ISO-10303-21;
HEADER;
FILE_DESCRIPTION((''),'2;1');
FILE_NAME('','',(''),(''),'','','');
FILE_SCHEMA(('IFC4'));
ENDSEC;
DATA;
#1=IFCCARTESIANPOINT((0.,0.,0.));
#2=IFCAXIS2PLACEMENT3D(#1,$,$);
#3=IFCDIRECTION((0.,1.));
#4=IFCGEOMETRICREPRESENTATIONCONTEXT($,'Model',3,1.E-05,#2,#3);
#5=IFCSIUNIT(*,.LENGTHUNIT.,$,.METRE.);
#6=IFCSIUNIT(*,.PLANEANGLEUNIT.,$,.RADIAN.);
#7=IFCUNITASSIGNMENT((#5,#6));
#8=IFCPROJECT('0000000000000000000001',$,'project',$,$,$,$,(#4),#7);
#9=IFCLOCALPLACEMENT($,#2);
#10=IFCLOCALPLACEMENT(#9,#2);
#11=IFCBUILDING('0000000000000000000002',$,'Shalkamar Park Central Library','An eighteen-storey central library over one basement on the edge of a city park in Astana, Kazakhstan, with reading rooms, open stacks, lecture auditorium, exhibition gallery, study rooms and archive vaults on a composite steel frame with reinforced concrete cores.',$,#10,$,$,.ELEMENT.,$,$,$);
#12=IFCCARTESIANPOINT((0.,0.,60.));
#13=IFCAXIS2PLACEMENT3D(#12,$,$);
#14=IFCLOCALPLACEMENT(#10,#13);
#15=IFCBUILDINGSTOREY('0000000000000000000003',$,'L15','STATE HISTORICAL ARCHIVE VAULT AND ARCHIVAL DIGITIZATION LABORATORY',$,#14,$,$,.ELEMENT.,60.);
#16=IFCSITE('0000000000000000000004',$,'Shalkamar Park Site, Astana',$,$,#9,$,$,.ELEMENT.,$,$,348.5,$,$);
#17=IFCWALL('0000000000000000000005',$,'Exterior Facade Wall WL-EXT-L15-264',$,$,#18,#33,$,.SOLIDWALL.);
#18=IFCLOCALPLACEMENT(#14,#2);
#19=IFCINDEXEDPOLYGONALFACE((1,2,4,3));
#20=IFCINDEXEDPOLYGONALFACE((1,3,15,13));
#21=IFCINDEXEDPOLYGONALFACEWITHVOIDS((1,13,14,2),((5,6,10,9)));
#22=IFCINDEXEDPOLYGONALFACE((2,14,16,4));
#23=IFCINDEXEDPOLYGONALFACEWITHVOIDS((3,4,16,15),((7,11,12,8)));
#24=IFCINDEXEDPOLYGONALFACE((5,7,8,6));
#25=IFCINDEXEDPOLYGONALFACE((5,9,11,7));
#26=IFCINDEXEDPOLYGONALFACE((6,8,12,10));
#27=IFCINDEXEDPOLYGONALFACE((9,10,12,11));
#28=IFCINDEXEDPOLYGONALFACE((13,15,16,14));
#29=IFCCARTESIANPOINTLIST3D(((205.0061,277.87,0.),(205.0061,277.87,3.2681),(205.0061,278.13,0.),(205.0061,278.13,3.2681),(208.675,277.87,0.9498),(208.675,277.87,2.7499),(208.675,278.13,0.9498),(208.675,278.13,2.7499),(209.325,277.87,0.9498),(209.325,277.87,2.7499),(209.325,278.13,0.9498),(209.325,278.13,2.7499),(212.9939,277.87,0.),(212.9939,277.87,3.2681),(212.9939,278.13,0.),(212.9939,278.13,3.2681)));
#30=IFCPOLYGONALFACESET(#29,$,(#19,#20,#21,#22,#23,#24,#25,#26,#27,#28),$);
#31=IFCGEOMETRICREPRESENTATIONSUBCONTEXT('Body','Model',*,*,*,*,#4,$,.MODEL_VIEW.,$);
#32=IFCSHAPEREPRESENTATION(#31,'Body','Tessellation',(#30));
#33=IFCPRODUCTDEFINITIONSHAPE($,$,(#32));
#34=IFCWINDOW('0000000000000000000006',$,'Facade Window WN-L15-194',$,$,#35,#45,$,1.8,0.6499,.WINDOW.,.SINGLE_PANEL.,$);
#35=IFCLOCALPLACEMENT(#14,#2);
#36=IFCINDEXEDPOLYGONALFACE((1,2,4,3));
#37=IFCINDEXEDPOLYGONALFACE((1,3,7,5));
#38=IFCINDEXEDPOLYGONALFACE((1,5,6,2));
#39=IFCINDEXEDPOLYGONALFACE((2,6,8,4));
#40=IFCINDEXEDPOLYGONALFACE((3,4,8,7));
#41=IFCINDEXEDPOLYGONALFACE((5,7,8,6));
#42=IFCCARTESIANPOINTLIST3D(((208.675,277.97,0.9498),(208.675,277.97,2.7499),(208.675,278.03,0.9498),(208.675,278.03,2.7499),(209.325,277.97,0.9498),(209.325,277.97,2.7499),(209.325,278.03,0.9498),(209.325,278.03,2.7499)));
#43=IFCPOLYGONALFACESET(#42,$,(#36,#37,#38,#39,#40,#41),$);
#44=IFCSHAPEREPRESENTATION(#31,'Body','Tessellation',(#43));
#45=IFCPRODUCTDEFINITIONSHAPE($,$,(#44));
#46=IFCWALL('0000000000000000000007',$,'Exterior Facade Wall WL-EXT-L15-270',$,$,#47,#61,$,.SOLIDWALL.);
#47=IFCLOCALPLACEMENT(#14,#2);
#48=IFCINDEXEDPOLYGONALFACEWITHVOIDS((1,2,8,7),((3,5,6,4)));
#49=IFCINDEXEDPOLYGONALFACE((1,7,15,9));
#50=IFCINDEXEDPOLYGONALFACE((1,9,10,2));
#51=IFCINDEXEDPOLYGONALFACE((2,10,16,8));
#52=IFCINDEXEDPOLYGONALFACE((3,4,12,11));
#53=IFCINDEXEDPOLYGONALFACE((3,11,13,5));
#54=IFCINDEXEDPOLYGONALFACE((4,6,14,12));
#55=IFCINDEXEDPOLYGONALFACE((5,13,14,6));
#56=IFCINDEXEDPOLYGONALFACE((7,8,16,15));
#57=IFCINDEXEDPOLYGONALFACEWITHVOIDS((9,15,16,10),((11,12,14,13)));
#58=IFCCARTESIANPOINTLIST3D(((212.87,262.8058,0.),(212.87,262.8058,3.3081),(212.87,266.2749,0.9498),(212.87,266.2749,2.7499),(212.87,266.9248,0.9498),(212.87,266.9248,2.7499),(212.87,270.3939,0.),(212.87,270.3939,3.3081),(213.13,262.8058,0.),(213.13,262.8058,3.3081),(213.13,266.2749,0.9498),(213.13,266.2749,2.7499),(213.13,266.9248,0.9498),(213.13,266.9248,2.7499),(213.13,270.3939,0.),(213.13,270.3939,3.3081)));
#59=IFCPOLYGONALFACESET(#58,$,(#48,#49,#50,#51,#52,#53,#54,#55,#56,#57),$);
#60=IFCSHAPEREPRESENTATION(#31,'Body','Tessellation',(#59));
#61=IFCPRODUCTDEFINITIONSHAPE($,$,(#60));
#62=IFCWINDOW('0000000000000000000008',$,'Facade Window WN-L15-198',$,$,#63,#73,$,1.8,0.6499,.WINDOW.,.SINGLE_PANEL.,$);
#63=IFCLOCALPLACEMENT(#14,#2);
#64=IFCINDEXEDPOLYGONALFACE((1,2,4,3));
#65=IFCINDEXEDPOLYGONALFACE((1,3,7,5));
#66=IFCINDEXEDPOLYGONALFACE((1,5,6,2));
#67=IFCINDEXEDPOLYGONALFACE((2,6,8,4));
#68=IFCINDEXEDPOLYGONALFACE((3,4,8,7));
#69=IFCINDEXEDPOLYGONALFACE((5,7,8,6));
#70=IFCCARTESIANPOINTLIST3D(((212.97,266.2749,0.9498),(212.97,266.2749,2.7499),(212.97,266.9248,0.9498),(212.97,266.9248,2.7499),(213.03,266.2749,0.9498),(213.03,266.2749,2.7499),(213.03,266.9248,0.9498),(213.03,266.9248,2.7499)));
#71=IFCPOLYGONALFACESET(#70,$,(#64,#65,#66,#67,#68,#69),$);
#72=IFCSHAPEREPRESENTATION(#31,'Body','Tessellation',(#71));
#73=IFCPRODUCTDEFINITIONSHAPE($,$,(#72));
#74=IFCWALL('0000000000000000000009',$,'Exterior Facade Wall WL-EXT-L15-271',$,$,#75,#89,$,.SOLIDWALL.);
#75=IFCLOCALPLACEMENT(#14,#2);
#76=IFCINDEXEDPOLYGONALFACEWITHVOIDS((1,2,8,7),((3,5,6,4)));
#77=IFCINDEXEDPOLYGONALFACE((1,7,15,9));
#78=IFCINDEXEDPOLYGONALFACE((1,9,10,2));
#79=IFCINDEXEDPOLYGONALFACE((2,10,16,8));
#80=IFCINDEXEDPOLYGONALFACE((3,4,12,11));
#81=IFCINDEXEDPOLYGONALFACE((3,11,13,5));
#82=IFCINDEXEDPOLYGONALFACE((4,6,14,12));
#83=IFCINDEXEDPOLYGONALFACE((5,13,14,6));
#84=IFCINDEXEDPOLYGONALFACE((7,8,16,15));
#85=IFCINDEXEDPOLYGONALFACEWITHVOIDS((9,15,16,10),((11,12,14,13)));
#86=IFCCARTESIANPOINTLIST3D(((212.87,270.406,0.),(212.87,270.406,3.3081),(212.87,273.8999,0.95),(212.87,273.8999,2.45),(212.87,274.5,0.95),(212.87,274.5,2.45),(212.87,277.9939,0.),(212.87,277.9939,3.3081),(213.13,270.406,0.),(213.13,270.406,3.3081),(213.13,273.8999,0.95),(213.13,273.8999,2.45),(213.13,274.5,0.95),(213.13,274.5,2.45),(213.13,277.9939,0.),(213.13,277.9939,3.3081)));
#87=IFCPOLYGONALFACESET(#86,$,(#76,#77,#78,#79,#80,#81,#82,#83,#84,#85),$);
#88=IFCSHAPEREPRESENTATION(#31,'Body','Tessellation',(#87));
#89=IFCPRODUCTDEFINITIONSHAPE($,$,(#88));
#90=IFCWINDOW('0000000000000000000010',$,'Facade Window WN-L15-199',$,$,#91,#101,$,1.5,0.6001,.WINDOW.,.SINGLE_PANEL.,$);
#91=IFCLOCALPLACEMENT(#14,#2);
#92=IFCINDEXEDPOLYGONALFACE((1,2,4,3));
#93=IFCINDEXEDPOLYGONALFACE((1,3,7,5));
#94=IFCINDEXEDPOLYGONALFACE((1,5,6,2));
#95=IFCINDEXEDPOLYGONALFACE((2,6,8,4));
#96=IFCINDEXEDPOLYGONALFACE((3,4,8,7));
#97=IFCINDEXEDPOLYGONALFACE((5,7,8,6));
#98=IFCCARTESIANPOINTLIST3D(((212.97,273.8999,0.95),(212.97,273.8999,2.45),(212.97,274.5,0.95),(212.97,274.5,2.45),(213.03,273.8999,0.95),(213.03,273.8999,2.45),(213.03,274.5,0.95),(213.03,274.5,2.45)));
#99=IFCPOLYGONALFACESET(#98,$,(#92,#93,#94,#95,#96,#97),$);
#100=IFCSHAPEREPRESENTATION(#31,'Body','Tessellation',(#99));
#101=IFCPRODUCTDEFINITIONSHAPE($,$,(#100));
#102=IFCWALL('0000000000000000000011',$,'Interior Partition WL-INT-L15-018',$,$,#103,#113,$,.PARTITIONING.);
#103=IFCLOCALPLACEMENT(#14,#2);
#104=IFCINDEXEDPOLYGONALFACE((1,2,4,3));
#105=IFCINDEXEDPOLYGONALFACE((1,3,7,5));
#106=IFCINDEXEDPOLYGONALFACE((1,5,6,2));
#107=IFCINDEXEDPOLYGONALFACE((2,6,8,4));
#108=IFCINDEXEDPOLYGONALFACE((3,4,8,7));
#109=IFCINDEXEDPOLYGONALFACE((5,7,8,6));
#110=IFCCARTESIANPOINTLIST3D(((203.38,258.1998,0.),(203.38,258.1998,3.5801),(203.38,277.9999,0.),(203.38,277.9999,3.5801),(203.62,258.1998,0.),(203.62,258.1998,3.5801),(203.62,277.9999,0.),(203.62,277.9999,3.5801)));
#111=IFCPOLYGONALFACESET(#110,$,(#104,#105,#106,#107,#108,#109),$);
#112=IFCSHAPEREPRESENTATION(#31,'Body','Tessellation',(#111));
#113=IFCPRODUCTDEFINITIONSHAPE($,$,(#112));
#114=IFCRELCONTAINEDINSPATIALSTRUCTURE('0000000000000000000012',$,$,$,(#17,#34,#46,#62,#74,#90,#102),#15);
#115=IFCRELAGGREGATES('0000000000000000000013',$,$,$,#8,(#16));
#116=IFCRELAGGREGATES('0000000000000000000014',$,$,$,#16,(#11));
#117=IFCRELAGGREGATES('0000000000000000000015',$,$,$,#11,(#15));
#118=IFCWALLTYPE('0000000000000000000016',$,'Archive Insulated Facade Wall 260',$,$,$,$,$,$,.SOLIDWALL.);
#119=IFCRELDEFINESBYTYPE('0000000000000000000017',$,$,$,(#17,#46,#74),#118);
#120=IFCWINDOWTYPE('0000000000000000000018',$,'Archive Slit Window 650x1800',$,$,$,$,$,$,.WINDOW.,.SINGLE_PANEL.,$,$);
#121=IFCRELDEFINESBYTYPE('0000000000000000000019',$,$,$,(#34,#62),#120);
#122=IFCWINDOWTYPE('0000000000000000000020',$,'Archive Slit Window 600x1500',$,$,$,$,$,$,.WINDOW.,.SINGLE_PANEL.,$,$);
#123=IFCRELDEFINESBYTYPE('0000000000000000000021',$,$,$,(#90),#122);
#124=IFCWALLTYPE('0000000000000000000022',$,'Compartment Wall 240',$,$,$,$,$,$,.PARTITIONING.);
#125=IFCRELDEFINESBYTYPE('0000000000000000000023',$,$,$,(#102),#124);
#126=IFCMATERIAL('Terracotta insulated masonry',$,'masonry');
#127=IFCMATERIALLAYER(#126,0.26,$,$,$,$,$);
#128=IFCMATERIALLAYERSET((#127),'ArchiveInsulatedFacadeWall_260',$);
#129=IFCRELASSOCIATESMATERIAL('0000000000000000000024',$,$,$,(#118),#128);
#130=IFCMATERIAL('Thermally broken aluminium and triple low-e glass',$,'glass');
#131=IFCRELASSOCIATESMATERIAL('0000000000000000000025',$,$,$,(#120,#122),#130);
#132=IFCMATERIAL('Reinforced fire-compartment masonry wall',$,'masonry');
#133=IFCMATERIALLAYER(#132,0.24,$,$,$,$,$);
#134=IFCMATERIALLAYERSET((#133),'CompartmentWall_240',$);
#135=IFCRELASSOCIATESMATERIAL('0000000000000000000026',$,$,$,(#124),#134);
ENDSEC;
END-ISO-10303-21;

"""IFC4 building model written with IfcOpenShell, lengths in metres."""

from ifc_helpers import new_model, si_unit, direction, frame, frame_2d, origin, place, context, subcontext, project, spatial, rectangle, extrude, material, layer, layer_set, type_object, element, fill, save


model = new_model("IFC4")

# Units and contexts
model_context = context("Model", 3, precision=1e-05, world=origin(), true_north=direction((0.0, 1.0)))
body_context = subcontext(model_context, "Body", "Model", "MODEL_VIEW")
ifc_project = project(units=[si_unit("LENGTHUNIT", "METRE"), si_unit("PLANEANGLEUNIT", "RADIAN")], contexts=[model_context])

# Site, building, storey
site_placement = place(None, origin())
site = spatial("IfcSite", under=ifc_project, at=site_placement, Name="Shalkamar Park Site, Astana", CompositionType="ELEMENT", RefElevation=348.5)
building_placement = place(site_placement, origin())
building = spatial("IfcBuilding", under=site, at=building_placement, Name="Shalkamar Park Central Library", Description="An eighteen-storey central library over one basement on the edge of a city park in Astana, Kazakhstan, with reading rooms, open stacks, lecture auditorium, exhibition gallery, study rooms and archive vaults on a composite steel frame with reinforced concrete cores.", CompositionType="ELEMENT")
storey_placement = place(building_placement, frame((0.0, 0.0, 60.0)))
storey = spatial("IfcBuildingStorey", under=building, at=storey_placement, Name="L15", Description="STATE HISTORICAL ARCHIVE VAULT AND ARCHIVAL DIGITIZATION LABORATORY", CompositionType="ELEMENT", Elevation=60.0)

# Walls, openings, windows
ifc_material_1 = material(Name="Terracotta insulated masonry", Category="masonry")
ifc_layer_1 = layer(ifc_material_1, 0.26)
ifc_layer_set_1 = layer_set([ifc_layer_1], Name="ArchiveInsulatedFacadeWall_260")
wall_type_1 = type_object("IfcWallType", Name="Archive Insulated Facade Wall 260", PredefinedType="SOLIDWALL", material=ifc_layer_set_1)
ifc_material_2 = material(Name="Thermally broken aluminium and triple low-e glass", Category="glass")
wall_1_placement = place(storey_placement, frame((205.0061, 278.0, 0.0), z_axis=(0.0, 0.0, 1.0), x_axis=(1.0, 0.0, 0.0)))
wall_1 = element("IfcWall", 1, at=wall_1_placement, inside=storey, type_object=wall_type_1, Name="Exterior Facade Wall WL-EXT-L15-264", PredefinedType="SOLIDWALL", context=body_context, shape_type="SweptSolid", body=[
    extrude(rectangle(XDim=7.9878, YDim=0.26, at=frame_2d((3.9939, 0.0))), origin(), (0.0, 0.0, 1.0), 3.2681),
])
opening_1_placement = place(wall_1_placement, frame((3.6689, 0.0, 0.95)))
opening_1 = element("IfcOpeningElement", 2, at=opening_1_placement, cuts=wall_1, PredefinedType="OPENING", context=body_context, shape_type="SweptSolid", body=[
    extrude(rectangle(XDim=0.6499, YDim=1.8, at=frame_2d((0.325, 0.8999))), frame((0.0, 0.145, 0.0), z_axis=(0.0, -1.0, 0.0), x_axis=(1.0, 0.0, 0.0)), (0.0, 0.0, 1.0), 0.2898),
])
window_type_1 = type_object("IfcWindowType", Name="Archive Slit Window 650x1800", PartitioningType="SINGLE_PANEL", PredefinedType="WINDOW", material=ifc_material_2)
window_1_placement = place(opening_1_placement, origin())
window_1 = element("IfcWindow", 3, at=window_1_placement, inside=storey, type_object=window_type_1, Name="Facade Window WN-L15-194", OverallHeight=1.8, OverallWidth=0.6499, PartitioningType="SINGLE_PANEL", PredefinedType="WINDOW", context=body_context, shape_type="SweptSolid", body=[
    extrude(rectangle(XDim=0.6499, YDim=1.8, at=frame_2d((0.325, 0.8999))), frame((0.0, 0.03, 0.0), z_axis=(0.0, -1.0, 0.0), x_axis=(1.0, 0.0, 0.0)), (0.0, 0.0, 1.0), 0.0601),
])
fill(opening_1, window_1)
wall_2_placement = place(storey_placement, frame((213.0, 262.8059, 0.0), z_axis=(0.0, 0.0, 1.0), x_axis=(0.0, 1.0, 0.0)))
wall_2 = element("IfcWall", 4, at=wall_2_placement, inside=storey, type_object=wall_type_1, Name="Exterior Facade Wall WL-EXT-L15-270", PredefinedType="SOLIDWALL", context=body_context, shape_type="SweptSolid", body=[
    extrude(rectangle(XDim=7.5881, YDim=0.26, at=frame_2d((3.7939, 0.0))), origin(), (0.0, 0.0, 1.0), 3.3081),
])
opening_2_placement = place(wall_2_placement, frame((3.469, 0.0, 0.95)))
opening_2 = element("IfcOpeningElement", 5, at=opening_2_placement, cuts=wall_2, PredefinedType="OPENING", context=body_context, shape_type="SweptSolid", body=[
    extrude(rectangle(XDim=0.6499, YDim=1.8, at=frame_2d((0.325, 0.8999))), frame((0.0, 0.145, 0.0), z_axis=(0.0, -1.0, 0.0), x_axis=(1.0, 0.0, 0.0)), (0.0, 0.0, 1.0), 0.2898),
])
window_2_placement = place(opening_2_placement, origin())
window_2 = element("IfcWindow", 6, at=window_2_placement, inside=storey, type_object=window_type_1, Name="Facade Window WN-L15-198", OverallHeight=1.8, OverallWidth=0.6499, PartitioningType="SINGLE_PANEL", PredefinedType="WINDOW", context=body_context, shape_type="SweptSolid", body=[
    extrude(rectangle(XDim=0.6499, YDim=1.8, at=frame_2d((0.325, 0.8999))), frame((0.0, 0.03, 0.0), z_axis=(0.0, -1.0, 0.0), x_axis=(1.0, 0.0, 0.0)), (0.0, 0.0, 1.0), 0.0601),
])
fill(opening_2, window_2)
wall_3_placement = place(storey_placement, frame((213.0, 270.406, 0.0), z_axis=(0.0, 0.0, 1.0), x_axis=(0.0, 1.0, 0.0)))
wall_3 = element("IfcWall", 7, at=wall_3_placement, inside=storey, type_object=wall_type_1, Name="Exterior Facade Wall WL-EXT-L15-271", PredefinedType="SOLIDWALL", context=body_context, shape_type="SweptSolid", body=[
    extrude(rectangle(XDim=7.5879, YDim=0.26, at=frame_2d((3.7939, 0.0))), origin(), (0.0, 0.0, 1.0), 3.3081),
])
opening_3_placement = place(wall_3_placement, frame((3.4939, 0.0, 0.95)))
opening_3 = element("IfcOpeningElement", 8, at=opening_3_placement, cuts=wall_3, PredefinedType="OPENING", context=body_context, shape_type="SweptSolid", body=[
    extrude(rectangle(XDim=0.6001, YDim=1.5, at=frame_2d((0.3, 0.75))), frame((0.0, 0.145, 0.0), z_axis=(0.0, -1.0, 0.0), x_axis=(1.0, 0.0, 0.0)), (0.0, 0.0, 1.0), 0.2898),
])
window_type_2 = type_object("IfcWindowType", Name="Archive Slit Window 600x1500", PartitioningType="SINGLE_PANEL", PredefinedType="WINDOW", material=ifc_material_2)
window_3_placement = place(opening_3_placement, origin())
window_3 = element("IfcWindow", 9, at=window_3_placement, inside=storey, type_object=window_type_2, Name="Facade Window WN-L15-199", OverallHeight=1.5, OverallWidth=0.6001, PartitioningType="SINGLE_PANEL", PredefinedType="WINDOW", context=body_context, shape_type="SweptSolid", body=[
    extrude(rectangle(XDim=0.6001, YDim=1.5, at=frame_2d((0.3, 0.75))), frame((0.0, 0.03, 0.0), z_axis=(0.0, -1.0, 0.0), x_axis=(1.0, 0.0, 0.0)), (0.0, 0.0, 1.0), 0.0601),
])
fill(opening_3, window_3)

# Wall
ifc_material_3 = material(Name="Reinforced fire-compartment masonry wall", Category="masonry")
ifc_layer_2 = layer(ifc_material_3, 0.24)
ifc_layer_set_2 = layer_set([ifc_layer_2], Name="CompartmentWall_240")
wall_type_2 = type_object("IfcWallType", Name="Compartment Wall 240", PredefinedType="PARTITIONING", material=ifc_layer_set_2)
wall_4_placement = place(storey_placement, frame((203.5, 258.2, 0.0), z_axis=(0.0, 0.0, 1.0), x_axis=(0.0, 1.0, 0.0)))
element("IfcWall", 10, at=wall_4_placement, inside=storey, type_object=wall_type_2, Name="Interior Partition WL-INT-L15-018", PredefinedType="PARTITIONING", context=body_context, shape_type="SweptSolid", body=[
    extrude(rectangle(XDim=19.8, YDim=0.24, at=frame_2d((9.8999, 0.0))), origin(), (0.0, 0.0, 1.0), 3.5801),
])

save(model, "model.ifc")
